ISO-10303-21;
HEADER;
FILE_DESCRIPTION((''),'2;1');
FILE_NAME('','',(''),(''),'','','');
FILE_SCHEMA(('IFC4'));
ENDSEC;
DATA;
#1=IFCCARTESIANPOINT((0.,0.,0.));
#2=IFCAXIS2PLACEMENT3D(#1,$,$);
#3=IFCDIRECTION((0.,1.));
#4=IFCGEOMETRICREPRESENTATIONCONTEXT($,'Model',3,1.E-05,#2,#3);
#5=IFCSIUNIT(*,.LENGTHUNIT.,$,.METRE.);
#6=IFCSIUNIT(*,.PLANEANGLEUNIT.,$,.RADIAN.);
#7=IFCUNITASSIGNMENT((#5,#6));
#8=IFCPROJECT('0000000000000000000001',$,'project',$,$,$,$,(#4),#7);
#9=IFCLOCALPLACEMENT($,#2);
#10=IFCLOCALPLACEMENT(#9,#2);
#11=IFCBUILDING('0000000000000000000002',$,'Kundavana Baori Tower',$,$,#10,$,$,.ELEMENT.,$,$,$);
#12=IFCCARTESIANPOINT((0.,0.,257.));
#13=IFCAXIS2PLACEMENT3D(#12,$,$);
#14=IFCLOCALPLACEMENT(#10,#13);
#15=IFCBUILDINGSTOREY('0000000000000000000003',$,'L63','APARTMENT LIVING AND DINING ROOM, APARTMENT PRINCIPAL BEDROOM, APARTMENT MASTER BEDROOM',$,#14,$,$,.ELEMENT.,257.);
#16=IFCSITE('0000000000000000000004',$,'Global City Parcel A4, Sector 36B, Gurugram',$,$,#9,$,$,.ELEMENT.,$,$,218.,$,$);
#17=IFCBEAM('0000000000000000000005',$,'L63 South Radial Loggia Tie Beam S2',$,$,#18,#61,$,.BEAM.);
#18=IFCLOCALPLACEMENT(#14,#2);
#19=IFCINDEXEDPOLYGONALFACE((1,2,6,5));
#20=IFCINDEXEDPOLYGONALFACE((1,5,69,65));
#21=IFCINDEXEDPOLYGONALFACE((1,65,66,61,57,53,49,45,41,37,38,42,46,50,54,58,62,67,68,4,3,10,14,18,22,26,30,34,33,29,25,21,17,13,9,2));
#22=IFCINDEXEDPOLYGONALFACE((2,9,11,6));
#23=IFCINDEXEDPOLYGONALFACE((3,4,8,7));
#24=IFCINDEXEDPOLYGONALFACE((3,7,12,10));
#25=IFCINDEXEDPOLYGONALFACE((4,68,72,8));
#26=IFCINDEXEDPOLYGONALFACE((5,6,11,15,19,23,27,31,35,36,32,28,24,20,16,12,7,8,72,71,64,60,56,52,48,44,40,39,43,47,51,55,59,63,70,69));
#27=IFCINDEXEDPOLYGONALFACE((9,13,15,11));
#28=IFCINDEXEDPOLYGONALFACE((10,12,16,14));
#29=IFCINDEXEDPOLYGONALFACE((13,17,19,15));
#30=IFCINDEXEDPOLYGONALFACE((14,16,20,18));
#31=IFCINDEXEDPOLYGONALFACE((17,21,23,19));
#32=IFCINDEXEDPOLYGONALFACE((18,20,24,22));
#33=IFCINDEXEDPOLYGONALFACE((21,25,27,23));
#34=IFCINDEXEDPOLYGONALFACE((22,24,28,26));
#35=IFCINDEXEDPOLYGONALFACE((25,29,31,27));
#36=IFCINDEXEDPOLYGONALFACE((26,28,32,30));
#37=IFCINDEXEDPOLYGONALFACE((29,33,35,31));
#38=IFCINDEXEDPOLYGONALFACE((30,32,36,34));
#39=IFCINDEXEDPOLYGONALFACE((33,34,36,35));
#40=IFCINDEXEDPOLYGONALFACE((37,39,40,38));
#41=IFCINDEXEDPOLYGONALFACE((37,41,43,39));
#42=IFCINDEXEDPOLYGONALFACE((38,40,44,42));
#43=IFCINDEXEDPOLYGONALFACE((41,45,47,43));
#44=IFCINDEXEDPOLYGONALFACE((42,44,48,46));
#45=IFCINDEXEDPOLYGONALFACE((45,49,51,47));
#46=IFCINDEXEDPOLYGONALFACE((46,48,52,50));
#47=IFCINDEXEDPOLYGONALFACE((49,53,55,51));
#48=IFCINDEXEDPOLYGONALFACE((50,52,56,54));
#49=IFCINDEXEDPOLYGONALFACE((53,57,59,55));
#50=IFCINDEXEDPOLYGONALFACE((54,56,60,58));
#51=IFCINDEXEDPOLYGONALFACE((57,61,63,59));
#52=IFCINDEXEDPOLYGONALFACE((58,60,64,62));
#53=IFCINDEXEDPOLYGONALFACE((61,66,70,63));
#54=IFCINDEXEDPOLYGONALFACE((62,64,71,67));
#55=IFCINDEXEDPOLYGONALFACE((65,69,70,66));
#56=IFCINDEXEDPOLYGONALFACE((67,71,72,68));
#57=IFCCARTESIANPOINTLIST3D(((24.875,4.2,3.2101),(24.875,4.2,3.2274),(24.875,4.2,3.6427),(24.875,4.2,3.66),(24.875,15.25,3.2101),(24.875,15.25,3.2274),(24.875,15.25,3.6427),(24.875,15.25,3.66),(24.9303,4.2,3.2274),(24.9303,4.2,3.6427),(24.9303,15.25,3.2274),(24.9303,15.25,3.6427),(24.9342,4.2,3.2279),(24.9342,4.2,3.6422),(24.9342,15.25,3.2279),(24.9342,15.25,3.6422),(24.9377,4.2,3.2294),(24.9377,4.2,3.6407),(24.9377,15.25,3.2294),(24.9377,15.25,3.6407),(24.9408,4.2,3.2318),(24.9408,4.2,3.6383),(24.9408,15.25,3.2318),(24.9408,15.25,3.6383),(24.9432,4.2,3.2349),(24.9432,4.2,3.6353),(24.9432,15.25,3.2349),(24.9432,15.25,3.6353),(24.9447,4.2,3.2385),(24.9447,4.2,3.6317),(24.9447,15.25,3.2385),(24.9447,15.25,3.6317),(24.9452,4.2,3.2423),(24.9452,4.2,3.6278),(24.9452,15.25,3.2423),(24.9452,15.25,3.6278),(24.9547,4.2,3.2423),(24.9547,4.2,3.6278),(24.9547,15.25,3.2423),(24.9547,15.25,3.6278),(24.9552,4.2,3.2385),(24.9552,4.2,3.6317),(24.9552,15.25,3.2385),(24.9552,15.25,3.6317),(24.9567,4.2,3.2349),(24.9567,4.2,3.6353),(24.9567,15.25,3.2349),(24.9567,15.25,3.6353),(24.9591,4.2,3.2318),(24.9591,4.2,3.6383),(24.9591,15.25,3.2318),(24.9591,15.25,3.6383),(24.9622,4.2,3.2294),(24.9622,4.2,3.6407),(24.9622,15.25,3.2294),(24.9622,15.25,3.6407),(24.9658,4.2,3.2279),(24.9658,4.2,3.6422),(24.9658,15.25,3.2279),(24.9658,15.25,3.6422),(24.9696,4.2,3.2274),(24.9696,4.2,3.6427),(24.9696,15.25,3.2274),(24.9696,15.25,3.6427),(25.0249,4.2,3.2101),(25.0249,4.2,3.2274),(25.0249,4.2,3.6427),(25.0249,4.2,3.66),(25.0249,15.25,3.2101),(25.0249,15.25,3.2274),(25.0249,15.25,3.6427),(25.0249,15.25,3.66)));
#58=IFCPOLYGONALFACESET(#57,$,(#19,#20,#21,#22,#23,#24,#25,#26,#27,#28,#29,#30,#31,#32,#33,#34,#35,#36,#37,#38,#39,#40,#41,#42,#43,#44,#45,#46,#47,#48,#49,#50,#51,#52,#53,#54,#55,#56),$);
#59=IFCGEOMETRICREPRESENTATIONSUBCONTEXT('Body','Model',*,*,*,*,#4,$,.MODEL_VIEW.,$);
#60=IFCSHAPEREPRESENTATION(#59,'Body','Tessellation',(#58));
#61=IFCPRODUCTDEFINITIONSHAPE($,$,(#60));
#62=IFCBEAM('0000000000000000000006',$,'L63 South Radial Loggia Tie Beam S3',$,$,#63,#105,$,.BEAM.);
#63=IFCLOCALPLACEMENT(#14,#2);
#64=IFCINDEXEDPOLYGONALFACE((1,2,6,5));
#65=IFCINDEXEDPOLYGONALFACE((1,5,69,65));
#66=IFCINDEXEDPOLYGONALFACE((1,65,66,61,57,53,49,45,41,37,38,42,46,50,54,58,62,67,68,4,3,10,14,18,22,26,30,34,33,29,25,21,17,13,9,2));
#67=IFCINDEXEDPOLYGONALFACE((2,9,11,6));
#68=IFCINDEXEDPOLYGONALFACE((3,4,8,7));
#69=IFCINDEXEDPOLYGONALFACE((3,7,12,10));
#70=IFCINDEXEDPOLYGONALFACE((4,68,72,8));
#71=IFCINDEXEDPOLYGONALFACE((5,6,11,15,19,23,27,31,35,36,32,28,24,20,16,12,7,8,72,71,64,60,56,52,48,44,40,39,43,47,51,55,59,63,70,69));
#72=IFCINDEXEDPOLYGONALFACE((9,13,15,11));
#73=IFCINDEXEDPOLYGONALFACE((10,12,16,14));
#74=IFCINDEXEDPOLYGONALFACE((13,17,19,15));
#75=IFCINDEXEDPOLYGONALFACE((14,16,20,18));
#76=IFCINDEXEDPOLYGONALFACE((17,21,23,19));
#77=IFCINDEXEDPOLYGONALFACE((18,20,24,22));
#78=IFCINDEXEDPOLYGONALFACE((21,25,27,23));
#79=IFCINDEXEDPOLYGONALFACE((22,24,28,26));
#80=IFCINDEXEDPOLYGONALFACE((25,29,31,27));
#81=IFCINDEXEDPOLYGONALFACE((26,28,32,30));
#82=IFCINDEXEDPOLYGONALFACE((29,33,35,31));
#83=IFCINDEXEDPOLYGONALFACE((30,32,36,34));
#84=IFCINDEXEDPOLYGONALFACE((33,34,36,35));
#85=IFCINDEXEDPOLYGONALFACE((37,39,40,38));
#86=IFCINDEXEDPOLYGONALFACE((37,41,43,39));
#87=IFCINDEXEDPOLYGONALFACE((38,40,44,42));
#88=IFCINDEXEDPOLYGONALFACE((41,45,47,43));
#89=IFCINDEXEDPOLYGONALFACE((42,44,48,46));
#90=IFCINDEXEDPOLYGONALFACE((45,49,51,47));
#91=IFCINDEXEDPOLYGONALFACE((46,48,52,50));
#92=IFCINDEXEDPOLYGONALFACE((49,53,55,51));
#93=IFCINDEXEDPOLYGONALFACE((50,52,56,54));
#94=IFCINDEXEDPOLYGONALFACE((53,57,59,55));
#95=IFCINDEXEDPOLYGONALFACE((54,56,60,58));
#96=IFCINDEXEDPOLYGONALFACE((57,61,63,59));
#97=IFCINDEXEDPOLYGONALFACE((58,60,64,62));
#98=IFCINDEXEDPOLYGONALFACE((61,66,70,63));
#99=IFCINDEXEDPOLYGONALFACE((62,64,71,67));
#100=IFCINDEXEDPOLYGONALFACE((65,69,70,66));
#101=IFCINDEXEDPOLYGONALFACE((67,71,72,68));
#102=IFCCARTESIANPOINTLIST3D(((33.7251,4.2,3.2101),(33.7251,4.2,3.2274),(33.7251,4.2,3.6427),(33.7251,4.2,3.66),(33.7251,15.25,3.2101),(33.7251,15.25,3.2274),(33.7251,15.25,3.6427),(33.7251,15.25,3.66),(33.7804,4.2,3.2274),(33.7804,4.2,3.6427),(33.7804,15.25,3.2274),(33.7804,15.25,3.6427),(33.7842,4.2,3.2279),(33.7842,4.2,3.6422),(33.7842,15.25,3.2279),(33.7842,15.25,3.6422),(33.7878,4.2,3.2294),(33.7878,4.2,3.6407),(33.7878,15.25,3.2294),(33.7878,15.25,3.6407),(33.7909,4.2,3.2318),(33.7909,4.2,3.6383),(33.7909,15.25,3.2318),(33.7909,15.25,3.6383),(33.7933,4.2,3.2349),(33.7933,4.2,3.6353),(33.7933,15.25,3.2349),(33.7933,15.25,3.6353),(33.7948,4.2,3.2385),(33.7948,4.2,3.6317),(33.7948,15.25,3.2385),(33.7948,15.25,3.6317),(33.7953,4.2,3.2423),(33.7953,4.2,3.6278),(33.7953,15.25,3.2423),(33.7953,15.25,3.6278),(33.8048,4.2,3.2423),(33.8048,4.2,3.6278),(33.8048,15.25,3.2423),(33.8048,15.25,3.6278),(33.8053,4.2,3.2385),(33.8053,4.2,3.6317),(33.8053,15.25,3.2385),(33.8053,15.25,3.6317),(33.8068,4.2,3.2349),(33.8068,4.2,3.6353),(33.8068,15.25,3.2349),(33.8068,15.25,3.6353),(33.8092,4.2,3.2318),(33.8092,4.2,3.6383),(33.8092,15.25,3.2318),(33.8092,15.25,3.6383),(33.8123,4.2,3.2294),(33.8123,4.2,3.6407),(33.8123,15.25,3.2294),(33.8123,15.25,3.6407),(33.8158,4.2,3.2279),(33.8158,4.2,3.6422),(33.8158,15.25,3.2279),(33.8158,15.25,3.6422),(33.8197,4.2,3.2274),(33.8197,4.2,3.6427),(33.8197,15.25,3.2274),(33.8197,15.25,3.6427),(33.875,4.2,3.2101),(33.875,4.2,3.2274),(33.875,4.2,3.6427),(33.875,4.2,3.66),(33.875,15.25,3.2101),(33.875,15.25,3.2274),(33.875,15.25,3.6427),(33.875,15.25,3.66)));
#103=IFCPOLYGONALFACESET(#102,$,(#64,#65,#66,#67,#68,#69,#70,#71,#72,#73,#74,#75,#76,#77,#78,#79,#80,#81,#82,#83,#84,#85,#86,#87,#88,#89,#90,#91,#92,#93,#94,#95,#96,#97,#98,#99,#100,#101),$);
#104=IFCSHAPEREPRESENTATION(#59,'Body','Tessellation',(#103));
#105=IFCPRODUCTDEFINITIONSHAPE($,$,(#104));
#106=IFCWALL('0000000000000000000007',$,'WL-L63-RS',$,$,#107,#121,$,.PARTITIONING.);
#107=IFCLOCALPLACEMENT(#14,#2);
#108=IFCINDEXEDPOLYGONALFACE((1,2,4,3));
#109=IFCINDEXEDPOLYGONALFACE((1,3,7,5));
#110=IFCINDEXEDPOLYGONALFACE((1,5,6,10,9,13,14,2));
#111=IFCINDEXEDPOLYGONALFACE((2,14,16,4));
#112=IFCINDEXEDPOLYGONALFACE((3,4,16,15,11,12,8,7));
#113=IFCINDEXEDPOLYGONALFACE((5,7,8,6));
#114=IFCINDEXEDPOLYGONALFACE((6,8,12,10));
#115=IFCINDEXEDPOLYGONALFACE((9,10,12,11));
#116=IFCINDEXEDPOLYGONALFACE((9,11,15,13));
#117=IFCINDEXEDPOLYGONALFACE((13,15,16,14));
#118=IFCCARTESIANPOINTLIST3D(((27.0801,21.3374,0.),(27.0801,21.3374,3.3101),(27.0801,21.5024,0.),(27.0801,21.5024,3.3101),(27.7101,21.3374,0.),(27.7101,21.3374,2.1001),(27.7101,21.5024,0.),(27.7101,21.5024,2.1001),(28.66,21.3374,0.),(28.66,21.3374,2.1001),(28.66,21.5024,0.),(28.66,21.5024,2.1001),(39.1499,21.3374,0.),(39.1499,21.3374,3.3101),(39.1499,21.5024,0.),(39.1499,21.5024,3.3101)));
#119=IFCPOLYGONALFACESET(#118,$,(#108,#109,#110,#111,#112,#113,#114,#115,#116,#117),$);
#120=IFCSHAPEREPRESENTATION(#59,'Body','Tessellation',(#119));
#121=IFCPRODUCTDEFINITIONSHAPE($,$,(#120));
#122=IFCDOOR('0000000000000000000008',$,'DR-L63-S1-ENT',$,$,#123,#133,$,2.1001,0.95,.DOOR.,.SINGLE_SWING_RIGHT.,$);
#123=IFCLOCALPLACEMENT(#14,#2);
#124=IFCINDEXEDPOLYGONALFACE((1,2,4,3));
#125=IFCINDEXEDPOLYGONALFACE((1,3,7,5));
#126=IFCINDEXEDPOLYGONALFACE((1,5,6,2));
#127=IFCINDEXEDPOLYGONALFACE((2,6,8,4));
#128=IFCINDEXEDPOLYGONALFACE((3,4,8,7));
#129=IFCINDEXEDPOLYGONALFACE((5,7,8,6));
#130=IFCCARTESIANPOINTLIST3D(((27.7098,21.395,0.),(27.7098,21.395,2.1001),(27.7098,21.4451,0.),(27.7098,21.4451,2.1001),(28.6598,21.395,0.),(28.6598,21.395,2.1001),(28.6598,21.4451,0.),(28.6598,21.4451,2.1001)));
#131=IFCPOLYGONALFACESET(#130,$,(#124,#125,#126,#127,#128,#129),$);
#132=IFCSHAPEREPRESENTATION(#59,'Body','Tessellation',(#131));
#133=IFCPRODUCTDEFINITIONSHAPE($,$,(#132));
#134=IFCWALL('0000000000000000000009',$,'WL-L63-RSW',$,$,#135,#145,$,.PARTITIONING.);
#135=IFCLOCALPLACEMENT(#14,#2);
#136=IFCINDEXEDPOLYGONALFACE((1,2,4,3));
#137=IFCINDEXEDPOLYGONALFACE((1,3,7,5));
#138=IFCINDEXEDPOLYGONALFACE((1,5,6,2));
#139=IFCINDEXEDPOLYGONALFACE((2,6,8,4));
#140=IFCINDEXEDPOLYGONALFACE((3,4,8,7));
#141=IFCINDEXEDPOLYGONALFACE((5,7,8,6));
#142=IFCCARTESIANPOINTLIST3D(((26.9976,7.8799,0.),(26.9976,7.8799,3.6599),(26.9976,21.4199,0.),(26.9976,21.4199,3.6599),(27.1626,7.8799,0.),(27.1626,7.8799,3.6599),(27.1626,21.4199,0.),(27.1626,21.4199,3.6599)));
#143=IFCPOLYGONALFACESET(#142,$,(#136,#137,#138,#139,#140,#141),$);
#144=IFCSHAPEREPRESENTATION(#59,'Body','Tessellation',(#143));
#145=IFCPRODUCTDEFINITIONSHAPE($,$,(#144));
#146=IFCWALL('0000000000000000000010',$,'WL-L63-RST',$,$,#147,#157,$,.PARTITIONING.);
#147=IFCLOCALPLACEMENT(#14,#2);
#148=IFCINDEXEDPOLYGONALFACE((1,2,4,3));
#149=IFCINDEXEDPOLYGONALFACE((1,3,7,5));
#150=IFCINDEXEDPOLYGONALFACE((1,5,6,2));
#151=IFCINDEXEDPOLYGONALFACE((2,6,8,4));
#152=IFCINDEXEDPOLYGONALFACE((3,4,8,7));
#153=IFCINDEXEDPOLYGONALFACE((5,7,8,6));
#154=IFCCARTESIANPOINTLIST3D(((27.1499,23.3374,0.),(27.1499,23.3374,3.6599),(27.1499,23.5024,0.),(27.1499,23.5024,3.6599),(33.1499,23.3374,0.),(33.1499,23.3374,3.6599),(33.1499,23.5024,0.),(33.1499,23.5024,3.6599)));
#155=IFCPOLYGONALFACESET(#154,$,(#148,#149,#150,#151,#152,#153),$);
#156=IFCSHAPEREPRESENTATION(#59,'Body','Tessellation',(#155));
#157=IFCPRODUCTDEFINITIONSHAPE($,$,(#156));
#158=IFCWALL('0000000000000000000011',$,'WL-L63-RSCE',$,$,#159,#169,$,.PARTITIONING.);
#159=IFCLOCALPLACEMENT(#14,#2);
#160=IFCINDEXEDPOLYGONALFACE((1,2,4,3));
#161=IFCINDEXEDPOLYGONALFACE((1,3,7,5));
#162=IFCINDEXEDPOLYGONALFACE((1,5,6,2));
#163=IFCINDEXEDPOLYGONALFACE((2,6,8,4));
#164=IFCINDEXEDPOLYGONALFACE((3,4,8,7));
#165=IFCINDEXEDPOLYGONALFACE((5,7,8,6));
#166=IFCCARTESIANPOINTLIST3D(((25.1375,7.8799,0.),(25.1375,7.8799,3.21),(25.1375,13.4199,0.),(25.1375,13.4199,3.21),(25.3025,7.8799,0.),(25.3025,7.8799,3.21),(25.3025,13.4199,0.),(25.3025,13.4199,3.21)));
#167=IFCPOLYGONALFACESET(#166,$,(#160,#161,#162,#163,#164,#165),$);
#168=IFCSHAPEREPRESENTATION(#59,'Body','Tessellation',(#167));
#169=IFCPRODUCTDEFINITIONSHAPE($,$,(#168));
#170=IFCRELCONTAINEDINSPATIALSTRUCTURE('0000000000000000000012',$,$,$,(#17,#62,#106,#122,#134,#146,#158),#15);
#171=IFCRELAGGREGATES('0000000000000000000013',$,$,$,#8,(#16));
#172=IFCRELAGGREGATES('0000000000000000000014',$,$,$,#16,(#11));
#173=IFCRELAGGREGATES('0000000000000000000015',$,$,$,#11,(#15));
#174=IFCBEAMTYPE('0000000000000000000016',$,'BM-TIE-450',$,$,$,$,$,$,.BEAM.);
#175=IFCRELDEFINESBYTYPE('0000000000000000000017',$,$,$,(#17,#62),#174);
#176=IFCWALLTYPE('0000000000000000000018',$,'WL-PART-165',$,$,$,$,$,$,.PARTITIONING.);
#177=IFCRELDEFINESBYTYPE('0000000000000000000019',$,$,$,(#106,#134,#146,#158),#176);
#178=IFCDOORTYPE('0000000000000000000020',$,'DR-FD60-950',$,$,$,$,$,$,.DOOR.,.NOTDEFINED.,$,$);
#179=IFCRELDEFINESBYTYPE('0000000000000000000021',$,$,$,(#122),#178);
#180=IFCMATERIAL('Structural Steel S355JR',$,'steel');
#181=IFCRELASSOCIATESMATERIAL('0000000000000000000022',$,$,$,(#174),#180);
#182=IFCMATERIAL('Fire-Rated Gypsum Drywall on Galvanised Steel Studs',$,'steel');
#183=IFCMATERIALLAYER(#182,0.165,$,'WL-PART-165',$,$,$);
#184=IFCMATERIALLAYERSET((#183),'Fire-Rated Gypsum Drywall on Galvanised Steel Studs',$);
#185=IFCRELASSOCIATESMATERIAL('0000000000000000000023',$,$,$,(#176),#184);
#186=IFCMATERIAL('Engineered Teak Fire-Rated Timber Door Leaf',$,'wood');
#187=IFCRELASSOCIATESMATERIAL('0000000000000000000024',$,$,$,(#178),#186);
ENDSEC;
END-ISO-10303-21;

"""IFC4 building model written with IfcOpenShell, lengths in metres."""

from ifc_helpers import new_model, si_unit, direction, frame, frame_2d, origin, origin_2d, place, context, subcontext, project, spatial, rectangle, i_section, extrude, material, layer, layer_set, material_profile, profile_set, type_object, element, fill, save


model = new_model("IFC4")

# Units and contexts
model_context = context("Model", 3, precision=1e-05, world=origin(), true_north=direction((0.0, 1.0)))
body_context = subcontext(model_context, "Body", "Model", "MODEL_VIEW")
ifc_project = project(units=[si_unit("LENGTHUNIT", "METRE"), si_unit("PLANEANGLEUNIT", "RADIAN")], contexts=[model_context])

# Site, building, storey
site_placement = place(None, origin())
site = spatial("IfcSite", under=ifc_project, at=site_placement, Name="Global City Parcel A4, Sector 36B, Gurugram", CompositionType="ELEMENT", RefElevation=218.0)
building_placement = place(site_placement, origin())
building = spatial("IfcBuilding", under=site, at=building_placement, Name="Kundavana Baori Tower", CompositionType="ELEMENT")
storey_placement = place(building_placement, frame((0.0, 0.0, 257.0)))
storey = spatial("IfcBuildingStorey", under=building, at=storey_placement, Name="L63", Description="APARTMENT LIVING AND DINING ROOM, APARTMENT PRINCIPAL BEDROOM, APARTMENT MASTER BEDROOM", CompositionType="ELEMENT", Elevation=257.0)

# Beams
ifc_material_1 = material(Name="Structural Steel S355JR", Category="steel")
ifc_material_profile_1 = material_profile(ifc_material_1, i_section(OverallWidth=0.1499, OverallDepth=0.45, WebThickness=0.0095, FlangeThickness=0.0173, FilletRadius=0.0149, at=origin_2d()), Name="ISMB 450")
ifc_profile_set_1 = profile_set([ifc_material_profile_1], Name="Structural Steel S355JR")
beam_type_1 = type_object("IfcBeamType", Name="BM-TIE-450", PredefinedType="BEAM", material=ifc_profile_set_1)
for number, where, z_axis, x_axis, name in (
    (1, (24.95, 15.25, 3.4351), (0.0, -1.0, 0.0), (1.0, 0.0, 0.0), "L63 South Radial Loggia Tie Beam S2"),
    (2, (33.8, 15.25, 3.4351), (0.0, -1.0, 0.0), (1.0, 0.0, 0.0), "L63 South Radial Loggia Tie Beam S3"),
):
    element("IfcBeam", number, at=place(storey_placement, frame(where, z_axis=z_axis, x_axis=x_axis)), inside=storey, type_object=beam_type_1, Name=name, PredefinedType="BEAM", context=body_context, shape_type="SweptSolid", body=[
        extrude(i_section(OverallWidth=0.1499, OverallDepth=0.45, WebThickness=0.0095, FlangeThickness=0.0173, FilletRadius=0.0149, at=origin_2d()), origin(), (0.0, 0.0, 1.0), 11.05),
    ])

# Wall, opening, door
ifc_material_2 = material(Name="Fire-Rated Gypsum Drywall on Galvanised Steel Studs", Category="steel")
ifc_layer = layer(ifc_material_2, 0.165, Name="WL-PART-165")
ifc_layer_set = layer_set([ifc_layer], Name="Fire-Rated Gypsum Drywall on Galvanised Steel Studs")
wall_type = type_object("IfcWallType", Name="WL-PART-165", PredefinedType="PARTITIONING", material=ifc_layer_set)
wall_1_placement = place(storey_placement, frame((27.0801, 21.4199, 0.0), z_axis=(0.0, 0.0, 1.0), x_axis=(1.0, 0.0, 0.0)))
wall_1 = element("IfcWall", 3, at=wall_1_placement, inside=storey, type_object=wall_type, Name="WL-L63-RS", PredefinedType="PARTITIONING", context=body_context, shape_type="SweptSolid", body=[
    extrude(rectangle(XDim=12.0698, YDim=0.165, at=frame_2d((6.0349, 0.0))), origin(), (0.0, 0.0, 1.0), 3.3101),
])
opening_1_placement = place(wall_1_placement, frame((0.6299, 0.0, 0.0)))
opening_1 = element("IfcOpeningElement", 4, at=opening_1_placement, cuts=wall_1, PredefinedType="OPENING", context=body_context, shape_type="SweptSolid", body=[
    extrude(rectangle(XDim=0.95, YDim=2.1001, at=frame_2d((0.4751, 1.05))), frame((0.0, 0.0925, 0.0), z_axis=(0.0, -1.0, 0.0), x_axis=(1.0, 0.0, 0.0)), (0.0, 0.0, 1.0), 0.1851),
])
ifc_material_3 = material(Name="Engineered Teak Fire-Rated Timber Door Leaf", Category="wood")
door_type_1 = type_object("IfcDoorType", Name="DR-FD60-950", OperationType="NOTDEFINED", PredefinedType="DOOR", material=ifc_material_3)
door_1_placement = place(opening_1_placement, frame((0.95, 0.0, 0.0), z_axis=(0.0, 0.0, 1.0), x_axis=(-1.0, 0.0, 0.0)))
door_1 = element("IfcDoor", 5, at=door_1_placement, inside=storey, type_object=door_type_1, Name="DR-L63-S1-ENT", OperationType="SINGLE_SWING_RIGHT", OverallHeight=2.1001, OverallWidth=0.95, PredefinedType="DOOR", context=body_context, shape_type="SweptSolid", body=[
    extrude(rectangle(XDim=0.95, YDim=2.1001, at=frame_2d((0.4751, 1.05))), frame((0.0, 0.0249, 0.0), z_axis=(0.0, -1.0, 0.0), x_axis=(1.0, 0.0, 0.0)), (0.0, 0.0, 1.0), 0.05),
])
fill(opening_1, door_1)

# Walls
wall_2_placement = place(storey_placement, frame((27.0801, 7.8799, 0.0), z_axis=(0.0, 0.0, 1.0), x_axis=(0.0, 1.0, 0.0)))
element("IfcWall", 6, at=wall_2_placement, inside=storey, type_object=wall_type, Name="WL-L63-RSW", PredefinedType="PARTITIONING", context=body_context, shape_type="SweptSolid", body=[
    extrude(rectangle(XDim=13.54, YDim=0.165, at=frame_2d((6.77, 0.0))), origin(), (0.0, 0.0, 1.0), 3.6599),
])
wall_3_placement = place(storey_placement, frame((27.1499, 23.4199, 0.0), z_axis=(0.0, 0.0, 1.0), x_axis=(1.0, 0.0, 0.0)))
element("IfcWall", 7, at=wall_3_placement, inside=storey, type_object=wall_type, Name="WL-L63-RST", PredefinedType="PARTITIONING", context=body_context, shape_type="SweptSolid", body=[
    extrude(rectangle(XDim=6.0, YDim=0.165, at=frame_2d((3.0, 0.0))), origin(), (0.0, 0.0, 1.0), 3.6599),
])
wall_4_placement = place(storey_placement, frame((25.22, 7.8799, 0.0), z_axis=(0.0, 0.0, 1.0), x_axis=(0.0, 1.0, 0.0)))
element("IfcWall", 8, at=wall_4_placement, inside=storey, type_object=wall_type, Name="WL-L63-RSCE", PredefinedType="PARTITIONING", context=body_context, shape_type="SweptSolid", body=[
    extrude(rectangle(XDim=5.54, YDim=0.165, at=frame_2d((2.77, 0.0))), origin(), (0.0, 0.0, 1.0), 3.21),
])

save(model, "model.ifc")
